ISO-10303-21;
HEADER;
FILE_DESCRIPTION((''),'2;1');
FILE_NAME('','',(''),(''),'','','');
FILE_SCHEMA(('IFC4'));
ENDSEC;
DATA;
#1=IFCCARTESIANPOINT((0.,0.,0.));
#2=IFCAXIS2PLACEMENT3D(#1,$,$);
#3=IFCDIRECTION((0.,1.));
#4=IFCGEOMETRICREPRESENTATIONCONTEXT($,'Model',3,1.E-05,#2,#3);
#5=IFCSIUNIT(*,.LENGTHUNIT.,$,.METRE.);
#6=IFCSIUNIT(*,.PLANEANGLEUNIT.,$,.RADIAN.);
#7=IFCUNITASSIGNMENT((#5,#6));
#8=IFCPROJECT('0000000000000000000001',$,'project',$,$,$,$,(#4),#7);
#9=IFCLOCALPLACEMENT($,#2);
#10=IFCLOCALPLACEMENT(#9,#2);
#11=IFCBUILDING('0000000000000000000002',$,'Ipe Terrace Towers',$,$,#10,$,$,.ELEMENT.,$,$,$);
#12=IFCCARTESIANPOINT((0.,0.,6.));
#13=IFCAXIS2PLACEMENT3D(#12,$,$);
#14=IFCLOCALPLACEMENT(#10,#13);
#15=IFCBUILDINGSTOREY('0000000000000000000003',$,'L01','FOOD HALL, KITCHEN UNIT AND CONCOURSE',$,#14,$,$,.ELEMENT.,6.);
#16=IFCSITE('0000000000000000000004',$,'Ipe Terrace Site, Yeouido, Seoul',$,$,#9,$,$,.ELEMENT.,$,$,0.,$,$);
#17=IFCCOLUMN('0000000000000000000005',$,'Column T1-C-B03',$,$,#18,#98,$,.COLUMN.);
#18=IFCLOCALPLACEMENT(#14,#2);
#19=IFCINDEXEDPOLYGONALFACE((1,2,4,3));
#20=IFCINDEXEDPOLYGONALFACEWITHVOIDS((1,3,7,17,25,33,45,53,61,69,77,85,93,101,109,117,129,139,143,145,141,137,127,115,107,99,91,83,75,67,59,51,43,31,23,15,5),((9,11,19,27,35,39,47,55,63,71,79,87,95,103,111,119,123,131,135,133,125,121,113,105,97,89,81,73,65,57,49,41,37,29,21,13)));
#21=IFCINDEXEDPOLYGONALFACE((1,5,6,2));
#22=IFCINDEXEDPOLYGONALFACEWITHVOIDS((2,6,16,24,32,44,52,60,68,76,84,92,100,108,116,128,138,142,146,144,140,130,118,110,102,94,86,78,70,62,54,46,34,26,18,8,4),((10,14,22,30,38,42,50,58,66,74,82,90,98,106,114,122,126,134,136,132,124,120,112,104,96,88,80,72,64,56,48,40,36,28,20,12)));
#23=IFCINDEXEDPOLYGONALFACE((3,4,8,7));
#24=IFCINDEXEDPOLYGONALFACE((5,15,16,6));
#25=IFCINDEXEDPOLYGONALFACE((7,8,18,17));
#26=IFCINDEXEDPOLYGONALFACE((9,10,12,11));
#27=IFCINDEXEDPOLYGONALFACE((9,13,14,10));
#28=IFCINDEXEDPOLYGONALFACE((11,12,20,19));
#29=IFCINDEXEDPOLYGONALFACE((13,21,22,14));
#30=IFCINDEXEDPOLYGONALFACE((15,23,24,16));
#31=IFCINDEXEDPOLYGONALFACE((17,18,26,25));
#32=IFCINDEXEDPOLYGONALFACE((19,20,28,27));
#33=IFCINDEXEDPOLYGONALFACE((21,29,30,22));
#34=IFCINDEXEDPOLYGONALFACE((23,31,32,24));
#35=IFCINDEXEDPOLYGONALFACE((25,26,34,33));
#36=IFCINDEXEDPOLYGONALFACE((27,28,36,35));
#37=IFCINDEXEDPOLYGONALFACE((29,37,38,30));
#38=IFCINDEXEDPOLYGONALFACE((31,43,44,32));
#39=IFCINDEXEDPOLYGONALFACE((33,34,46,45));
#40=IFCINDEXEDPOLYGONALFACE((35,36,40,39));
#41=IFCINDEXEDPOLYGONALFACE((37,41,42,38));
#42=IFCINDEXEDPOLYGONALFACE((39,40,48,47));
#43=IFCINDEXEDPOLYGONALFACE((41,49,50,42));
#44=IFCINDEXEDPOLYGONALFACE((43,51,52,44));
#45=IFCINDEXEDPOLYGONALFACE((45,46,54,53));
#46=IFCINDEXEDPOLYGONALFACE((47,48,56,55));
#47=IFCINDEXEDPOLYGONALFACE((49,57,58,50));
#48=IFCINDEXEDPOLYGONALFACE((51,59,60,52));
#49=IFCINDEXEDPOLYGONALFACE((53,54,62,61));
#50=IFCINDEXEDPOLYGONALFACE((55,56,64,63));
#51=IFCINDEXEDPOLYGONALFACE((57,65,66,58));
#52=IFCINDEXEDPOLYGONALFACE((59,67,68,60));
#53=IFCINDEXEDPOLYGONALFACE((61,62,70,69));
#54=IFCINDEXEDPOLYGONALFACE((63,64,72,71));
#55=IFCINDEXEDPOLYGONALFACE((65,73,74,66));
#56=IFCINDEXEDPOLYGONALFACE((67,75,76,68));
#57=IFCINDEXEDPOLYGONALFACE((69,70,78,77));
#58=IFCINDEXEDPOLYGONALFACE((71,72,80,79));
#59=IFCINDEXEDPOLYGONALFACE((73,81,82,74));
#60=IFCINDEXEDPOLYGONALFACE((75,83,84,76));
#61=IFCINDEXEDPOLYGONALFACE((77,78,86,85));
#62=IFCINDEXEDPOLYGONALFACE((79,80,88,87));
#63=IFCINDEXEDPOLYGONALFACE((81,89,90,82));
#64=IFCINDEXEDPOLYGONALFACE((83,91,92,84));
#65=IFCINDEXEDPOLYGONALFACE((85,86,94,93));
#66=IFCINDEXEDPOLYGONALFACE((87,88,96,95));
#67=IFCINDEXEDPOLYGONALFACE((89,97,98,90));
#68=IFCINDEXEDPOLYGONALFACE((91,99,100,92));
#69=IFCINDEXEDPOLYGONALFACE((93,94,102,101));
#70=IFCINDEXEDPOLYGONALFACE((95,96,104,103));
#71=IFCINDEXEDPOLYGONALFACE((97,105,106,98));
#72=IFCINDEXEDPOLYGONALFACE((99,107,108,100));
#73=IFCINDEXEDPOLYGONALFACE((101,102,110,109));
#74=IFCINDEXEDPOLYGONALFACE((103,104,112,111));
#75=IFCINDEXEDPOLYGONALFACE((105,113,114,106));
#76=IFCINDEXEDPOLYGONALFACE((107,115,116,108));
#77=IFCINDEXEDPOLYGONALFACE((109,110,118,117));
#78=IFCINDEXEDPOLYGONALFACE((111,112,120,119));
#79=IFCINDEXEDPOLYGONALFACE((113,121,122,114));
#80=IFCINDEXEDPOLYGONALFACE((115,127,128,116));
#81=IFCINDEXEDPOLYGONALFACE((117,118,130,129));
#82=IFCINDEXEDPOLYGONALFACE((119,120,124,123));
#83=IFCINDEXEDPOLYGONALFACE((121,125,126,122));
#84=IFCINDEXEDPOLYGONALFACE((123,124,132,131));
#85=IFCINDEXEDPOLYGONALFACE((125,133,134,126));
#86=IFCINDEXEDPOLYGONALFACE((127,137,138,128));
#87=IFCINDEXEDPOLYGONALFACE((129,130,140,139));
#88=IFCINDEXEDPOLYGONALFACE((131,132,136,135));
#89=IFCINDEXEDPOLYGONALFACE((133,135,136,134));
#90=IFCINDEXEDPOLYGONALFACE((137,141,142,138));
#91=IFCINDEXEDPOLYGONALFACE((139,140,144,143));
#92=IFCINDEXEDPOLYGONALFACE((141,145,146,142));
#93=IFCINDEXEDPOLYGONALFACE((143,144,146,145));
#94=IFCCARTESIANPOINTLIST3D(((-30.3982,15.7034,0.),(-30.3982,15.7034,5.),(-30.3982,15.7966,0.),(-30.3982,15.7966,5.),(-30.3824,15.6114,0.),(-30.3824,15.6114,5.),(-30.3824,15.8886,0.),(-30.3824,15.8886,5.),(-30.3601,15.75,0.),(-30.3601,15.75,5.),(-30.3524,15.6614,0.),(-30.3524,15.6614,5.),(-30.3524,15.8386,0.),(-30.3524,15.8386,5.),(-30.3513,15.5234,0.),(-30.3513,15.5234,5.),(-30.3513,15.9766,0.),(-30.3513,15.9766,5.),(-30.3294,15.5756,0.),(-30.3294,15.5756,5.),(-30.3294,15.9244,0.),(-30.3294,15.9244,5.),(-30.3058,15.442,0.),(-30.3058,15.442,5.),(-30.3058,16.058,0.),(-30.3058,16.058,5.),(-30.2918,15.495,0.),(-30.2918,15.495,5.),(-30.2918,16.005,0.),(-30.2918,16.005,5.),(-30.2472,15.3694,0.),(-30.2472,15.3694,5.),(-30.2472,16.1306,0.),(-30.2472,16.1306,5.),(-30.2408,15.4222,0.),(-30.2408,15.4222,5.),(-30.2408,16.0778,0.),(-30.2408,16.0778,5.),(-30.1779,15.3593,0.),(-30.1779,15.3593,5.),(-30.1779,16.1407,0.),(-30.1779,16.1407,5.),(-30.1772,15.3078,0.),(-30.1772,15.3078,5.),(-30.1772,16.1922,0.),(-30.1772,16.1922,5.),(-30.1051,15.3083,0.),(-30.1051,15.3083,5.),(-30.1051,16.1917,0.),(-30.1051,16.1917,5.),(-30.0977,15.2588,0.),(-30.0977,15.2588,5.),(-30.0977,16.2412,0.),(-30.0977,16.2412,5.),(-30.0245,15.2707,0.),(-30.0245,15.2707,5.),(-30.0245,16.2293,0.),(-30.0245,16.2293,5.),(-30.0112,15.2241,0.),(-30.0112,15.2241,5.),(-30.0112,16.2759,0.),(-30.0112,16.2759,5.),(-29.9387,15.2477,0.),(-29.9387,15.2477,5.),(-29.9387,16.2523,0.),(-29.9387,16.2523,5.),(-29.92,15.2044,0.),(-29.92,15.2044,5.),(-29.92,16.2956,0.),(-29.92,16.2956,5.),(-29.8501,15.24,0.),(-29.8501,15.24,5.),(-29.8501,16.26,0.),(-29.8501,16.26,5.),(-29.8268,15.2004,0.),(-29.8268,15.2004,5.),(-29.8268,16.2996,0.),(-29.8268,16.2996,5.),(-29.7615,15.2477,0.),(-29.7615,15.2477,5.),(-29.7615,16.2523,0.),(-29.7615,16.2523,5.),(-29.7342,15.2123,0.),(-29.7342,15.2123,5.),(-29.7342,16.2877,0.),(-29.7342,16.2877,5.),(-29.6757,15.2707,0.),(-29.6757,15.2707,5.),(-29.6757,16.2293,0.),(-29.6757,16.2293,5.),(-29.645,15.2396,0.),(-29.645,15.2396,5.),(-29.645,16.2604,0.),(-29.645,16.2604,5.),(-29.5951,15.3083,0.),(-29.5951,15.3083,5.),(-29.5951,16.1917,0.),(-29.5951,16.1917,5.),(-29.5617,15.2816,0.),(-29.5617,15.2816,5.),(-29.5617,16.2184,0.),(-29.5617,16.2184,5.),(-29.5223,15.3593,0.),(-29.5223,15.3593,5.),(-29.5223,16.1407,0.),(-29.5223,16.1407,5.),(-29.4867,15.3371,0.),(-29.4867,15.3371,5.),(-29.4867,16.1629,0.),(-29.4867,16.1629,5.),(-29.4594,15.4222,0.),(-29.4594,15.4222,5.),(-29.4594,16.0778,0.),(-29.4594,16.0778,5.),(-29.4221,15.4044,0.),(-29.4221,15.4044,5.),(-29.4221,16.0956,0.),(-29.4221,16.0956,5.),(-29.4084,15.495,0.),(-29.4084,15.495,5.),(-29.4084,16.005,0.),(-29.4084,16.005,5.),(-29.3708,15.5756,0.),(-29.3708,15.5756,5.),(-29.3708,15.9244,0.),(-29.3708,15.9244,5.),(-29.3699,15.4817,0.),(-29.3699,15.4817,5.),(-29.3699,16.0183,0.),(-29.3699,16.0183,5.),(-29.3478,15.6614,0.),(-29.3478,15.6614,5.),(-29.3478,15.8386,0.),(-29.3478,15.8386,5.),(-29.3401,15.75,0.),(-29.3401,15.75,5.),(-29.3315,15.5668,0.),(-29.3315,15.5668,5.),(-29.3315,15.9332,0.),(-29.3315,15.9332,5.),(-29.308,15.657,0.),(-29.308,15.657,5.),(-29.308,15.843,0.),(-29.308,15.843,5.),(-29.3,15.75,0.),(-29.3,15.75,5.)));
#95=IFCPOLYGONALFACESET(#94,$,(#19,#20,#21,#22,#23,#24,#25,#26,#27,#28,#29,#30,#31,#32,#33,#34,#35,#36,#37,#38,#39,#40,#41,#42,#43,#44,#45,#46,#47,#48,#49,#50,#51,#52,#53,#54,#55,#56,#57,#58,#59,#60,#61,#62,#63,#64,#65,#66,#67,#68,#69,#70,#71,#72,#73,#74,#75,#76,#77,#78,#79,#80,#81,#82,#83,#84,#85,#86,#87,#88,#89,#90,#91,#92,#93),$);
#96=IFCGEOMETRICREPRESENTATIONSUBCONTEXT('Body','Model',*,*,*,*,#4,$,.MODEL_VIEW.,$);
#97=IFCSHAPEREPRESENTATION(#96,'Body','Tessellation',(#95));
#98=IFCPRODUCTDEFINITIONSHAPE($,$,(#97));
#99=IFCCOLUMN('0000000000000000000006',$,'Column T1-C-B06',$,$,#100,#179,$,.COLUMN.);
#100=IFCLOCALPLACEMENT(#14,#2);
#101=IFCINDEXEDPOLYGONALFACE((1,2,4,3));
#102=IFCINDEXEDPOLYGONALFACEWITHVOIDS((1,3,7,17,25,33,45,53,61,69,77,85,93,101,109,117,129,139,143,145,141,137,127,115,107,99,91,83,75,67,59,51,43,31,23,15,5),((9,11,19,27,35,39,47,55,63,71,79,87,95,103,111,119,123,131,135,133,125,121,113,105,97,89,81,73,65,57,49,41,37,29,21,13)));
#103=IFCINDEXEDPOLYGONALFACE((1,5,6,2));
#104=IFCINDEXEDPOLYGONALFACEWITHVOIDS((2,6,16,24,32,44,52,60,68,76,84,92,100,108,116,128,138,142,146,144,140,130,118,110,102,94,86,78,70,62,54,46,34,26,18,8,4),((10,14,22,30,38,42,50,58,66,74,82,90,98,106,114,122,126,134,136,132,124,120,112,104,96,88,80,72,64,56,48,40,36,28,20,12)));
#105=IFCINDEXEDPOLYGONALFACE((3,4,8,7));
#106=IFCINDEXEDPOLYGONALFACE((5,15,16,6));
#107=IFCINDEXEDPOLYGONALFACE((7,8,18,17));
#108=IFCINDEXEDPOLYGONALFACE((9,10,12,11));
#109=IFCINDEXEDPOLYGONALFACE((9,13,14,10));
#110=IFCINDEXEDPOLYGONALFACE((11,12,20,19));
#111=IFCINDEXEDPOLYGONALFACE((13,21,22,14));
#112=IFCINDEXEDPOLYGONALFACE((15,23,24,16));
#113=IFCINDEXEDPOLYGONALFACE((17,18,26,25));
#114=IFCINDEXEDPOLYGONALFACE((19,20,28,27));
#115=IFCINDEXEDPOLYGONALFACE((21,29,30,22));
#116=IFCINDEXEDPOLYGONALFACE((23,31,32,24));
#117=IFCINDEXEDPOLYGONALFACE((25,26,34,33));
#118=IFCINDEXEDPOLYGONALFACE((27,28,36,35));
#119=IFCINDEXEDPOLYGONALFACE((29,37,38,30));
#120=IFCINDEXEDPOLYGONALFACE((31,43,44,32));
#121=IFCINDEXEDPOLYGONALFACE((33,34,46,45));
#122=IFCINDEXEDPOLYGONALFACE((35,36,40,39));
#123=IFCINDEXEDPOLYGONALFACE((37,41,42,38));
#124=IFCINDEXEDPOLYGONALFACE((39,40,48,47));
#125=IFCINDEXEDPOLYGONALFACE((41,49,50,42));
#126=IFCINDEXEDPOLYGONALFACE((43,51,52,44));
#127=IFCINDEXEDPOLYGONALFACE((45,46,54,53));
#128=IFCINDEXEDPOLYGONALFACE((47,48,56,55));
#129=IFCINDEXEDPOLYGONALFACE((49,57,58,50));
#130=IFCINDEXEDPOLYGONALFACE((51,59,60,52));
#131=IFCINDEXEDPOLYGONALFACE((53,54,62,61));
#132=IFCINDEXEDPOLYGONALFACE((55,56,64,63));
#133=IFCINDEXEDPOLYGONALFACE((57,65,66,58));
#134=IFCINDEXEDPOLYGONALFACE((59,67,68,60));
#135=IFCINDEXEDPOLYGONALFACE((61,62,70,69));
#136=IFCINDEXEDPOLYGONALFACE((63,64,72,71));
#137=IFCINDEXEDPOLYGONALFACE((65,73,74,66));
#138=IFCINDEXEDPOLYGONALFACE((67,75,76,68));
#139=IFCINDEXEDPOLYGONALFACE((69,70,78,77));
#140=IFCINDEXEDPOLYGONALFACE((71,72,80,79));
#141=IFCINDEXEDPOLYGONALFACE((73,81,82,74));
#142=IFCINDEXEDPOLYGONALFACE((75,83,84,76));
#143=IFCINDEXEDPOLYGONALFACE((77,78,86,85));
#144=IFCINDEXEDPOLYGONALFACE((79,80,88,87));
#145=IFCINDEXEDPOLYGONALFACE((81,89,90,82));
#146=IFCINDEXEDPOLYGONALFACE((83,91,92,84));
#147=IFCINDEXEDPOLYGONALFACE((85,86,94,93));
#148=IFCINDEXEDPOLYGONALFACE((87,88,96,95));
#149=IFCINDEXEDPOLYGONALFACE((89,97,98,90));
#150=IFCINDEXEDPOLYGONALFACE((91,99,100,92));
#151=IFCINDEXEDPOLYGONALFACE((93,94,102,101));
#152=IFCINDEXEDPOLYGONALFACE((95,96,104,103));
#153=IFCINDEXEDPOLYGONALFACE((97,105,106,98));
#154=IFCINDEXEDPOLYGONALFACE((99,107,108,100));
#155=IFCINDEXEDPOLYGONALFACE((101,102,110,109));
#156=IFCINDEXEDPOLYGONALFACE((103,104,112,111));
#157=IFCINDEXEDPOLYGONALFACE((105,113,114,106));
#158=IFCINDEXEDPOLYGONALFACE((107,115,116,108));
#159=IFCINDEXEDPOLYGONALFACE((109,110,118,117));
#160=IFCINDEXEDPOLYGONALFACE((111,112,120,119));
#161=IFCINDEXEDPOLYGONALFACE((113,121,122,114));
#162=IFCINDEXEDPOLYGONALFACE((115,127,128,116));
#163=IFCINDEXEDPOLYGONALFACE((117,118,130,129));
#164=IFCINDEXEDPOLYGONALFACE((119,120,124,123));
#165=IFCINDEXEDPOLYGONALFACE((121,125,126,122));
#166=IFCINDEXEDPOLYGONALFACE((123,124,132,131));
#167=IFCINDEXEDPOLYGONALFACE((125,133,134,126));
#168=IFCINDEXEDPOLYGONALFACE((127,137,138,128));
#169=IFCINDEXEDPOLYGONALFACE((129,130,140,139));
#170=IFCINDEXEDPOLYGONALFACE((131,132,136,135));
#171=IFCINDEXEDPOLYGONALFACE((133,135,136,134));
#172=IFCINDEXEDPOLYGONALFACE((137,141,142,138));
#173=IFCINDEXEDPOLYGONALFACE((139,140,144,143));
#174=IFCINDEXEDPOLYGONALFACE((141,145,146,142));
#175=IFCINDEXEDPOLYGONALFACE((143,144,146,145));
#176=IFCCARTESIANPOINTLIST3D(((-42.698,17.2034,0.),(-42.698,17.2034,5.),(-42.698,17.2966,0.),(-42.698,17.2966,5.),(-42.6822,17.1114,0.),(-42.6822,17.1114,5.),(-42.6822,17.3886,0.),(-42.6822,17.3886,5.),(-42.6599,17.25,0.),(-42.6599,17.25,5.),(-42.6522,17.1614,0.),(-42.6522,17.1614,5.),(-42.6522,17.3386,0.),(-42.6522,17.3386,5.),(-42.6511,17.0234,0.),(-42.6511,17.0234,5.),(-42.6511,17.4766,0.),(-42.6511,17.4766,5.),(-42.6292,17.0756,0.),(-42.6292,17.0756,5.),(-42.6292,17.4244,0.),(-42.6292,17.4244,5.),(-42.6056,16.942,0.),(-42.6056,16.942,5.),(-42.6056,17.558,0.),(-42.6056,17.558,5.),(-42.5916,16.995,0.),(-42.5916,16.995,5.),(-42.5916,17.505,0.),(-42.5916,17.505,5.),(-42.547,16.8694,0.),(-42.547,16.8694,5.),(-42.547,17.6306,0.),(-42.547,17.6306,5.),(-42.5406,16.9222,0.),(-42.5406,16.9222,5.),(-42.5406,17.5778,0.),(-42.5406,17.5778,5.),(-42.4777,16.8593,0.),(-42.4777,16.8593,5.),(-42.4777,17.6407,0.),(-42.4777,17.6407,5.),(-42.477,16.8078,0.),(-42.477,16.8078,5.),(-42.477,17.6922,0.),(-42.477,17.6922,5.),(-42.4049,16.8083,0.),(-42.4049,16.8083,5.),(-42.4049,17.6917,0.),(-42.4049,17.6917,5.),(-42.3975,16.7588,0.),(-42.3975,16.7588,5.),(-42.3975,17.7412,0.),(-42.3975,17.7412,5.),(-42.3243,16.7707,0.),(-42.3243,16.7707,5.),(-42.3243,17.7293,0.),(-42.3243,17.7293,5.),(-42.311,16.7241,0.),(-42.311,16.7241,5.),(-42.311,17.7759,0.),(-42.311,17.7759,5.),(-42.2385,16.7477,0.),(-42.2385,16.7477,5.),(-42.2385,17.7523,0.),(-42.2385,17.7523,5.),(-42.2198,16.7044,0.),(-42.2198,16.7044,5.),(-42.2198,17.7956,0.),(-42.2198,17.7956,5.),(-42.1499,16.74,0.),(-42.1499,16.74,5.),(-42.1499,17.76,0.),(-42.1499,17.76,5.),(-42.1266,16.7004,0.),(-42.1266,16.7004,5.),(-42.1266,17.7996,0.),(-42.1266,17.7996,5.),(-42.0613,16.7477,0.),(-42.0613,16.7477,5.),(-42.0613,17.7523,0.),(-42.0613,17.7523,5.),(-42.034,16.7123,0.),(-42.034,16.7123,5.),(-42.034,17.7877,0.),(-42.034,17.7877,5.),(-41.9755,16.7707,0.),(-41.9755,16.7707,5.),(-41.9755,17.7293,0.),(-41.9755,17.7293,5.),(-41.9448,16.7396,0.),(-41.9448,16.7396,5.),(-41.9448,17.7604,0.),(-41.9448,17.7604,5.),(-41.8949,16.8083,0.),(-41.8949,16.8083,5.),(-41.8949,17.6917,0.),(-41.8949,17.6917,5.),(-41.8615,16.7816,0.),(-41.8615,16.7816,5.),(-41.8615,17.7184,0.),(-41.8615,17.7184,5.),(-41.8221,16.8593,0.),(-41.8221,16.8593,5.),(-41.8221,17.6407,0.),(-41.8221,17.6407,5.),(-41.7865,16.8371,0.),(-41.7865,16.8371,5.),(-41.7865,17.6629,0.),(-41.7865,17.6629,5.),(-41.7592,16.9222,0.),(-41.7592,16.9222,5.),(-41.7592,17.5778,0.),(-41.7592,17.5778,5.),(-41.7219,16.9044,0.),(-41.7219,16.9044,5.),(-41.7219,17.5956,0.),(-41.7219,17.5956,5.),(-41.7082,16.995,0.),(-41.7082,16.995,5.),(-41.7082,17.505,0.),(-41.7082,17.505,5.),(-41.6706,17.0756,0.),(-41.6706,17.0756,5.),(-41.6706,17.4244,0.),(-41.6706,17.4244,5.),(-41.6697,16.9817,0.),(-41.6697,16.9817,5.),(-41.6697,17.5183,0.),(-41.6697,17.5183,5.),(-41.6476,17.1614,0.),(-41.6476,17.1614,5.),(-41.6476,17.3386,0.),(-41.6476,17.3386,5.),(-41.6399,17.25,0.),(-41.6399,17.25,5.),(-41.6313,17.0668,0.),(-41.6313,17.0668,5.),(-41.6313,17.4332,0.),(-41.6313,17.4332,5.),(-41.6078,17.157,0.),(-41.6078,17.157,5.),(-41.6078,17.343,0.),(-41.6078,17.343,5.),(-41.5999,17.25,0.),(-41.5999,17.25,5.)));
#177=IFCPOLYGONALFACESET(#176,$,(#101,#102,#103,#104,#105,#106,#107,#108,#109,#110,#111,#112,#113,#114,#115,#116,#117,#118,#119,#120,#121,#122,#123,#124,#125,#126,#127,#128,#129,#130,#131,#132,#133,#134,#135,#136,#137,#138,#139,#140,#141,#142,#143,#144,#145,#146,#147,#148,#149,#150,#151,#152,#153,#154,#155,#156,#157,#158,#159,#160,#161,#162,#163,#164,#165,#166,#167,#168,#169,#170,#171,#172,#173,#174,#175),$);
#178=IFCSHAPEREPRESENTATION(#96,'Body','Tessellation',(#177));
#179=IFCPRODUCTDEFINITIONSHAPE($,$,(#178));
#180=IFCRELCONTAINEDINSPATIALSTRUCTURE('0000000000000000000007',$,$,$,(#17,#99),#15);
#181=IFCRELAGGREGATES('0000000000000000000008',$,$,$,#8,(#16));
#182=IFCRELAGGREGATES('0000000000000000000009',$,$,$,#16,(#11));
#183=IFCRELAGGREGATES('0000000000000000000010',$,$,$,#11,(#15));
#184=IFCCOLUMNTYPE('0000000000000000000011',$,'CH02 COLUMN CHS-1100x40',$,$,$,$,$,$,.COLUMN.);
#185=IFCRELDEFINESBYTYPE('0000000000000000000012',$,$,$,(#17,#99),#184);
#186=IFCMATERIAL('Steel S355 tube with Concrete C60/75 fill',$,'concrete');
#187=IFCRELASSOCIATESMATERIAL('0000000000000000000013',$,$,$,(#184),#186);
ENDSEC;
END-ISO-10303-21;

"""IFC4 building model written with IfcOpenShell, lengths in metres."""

from ifc_helpers import new_model, si_unit, direction, frame, origin, origin_2d, place, context, subcontext, project, spatial, hollow_circle, extrude, material, material_profile, profile_set, type_object, element, save


model = new_model("IFC4")

# Units and contexts
model_context = context("Model", 3, precision=1e-05, world=origin(), true_north=direction((0.0, 1.0)))
body_context = subcontext(model_context, "Body", "Model", "MODEL_VIEW")
ifc_project = project(units=[si_unit("LENGTHUNIT", "METRE"), si_unit("PLANEANGLEUNIT", "RADIAN")], contexts=[model_context])

# Site, building, storey
site_placement = place(None, origin())
site = spatial("IfcSite", under=ifc_project, at=site_placement, Name="Ipe Terrace Site, Yeouido, Seoul", CompositionType="ELEMENT", RefElevation=0.0)
building_placement = place(site_placement, origin())
building = spatial("IfcBuilding", under=site, at=building_placement, Name="Ipe Terrace Towers", CompositionType="ELEMENT")
storey_placement = place(building_placement, frame((0.0, 0.0, 6.0)))
storey = spatial("IfcBuildingStorey", under=building, at=storey_placement, Name="L01", Description="FOOD HALL, KITCHEN UNIT AND CONCOURSE", CompositionType="ELEMENT", Elevation=6.0)

# Columns
ifc_material_1 = material(Name="Steel S355 tube with Concrete C60/75 fill", Category="concrete")
ifc_material_profile_1 = material_profile(ifc_material_1, hollow_circle(Radius=0.55, WallThickness=0.04, at=origin_2d()), Name="CHS-1100x40")
ifc_profile_set_1 = profile_set([ifc_material_profile_1], Name="Steel S355 tube with Concrete C60/75 fill")
column_type_1 = type_object("IfcColumnType", Name="CH02 COLUMN CHS-1100x40", PredefinedType="COLUMN", material=ifc_profile_set_1)
for number, where, z_axis, x_axis, name in (
    (1, (-29.8501, 15.75, 0.0), (0.0, 0.0, 1.0), (1.0, 0.0, 0.0), "Column T1-C-B03"),
    (2, (-42.1499, 17.25, 0.0), (0.0, 0.0, 1.0), (1.0, 0.0, 0.0), "Column T1-C-B06"),
):
    element("IfcColumn", number, at=place(storey_placement, frame(where, z_axis=z_axis, x_axis=x_axis)), inside=storey, type_object=column_type_1, Name=name, PredefinedType="COLUMN", context=body_context, shape_type="SweptSolid", body=[
        extrude(hollow_circle(Radius=0.55, WallThickness=0.04, at=origin_2d()), origin(), (0.0, 0.0, 1.0), 5.0),
    ])

save(model, "model.ifc")
